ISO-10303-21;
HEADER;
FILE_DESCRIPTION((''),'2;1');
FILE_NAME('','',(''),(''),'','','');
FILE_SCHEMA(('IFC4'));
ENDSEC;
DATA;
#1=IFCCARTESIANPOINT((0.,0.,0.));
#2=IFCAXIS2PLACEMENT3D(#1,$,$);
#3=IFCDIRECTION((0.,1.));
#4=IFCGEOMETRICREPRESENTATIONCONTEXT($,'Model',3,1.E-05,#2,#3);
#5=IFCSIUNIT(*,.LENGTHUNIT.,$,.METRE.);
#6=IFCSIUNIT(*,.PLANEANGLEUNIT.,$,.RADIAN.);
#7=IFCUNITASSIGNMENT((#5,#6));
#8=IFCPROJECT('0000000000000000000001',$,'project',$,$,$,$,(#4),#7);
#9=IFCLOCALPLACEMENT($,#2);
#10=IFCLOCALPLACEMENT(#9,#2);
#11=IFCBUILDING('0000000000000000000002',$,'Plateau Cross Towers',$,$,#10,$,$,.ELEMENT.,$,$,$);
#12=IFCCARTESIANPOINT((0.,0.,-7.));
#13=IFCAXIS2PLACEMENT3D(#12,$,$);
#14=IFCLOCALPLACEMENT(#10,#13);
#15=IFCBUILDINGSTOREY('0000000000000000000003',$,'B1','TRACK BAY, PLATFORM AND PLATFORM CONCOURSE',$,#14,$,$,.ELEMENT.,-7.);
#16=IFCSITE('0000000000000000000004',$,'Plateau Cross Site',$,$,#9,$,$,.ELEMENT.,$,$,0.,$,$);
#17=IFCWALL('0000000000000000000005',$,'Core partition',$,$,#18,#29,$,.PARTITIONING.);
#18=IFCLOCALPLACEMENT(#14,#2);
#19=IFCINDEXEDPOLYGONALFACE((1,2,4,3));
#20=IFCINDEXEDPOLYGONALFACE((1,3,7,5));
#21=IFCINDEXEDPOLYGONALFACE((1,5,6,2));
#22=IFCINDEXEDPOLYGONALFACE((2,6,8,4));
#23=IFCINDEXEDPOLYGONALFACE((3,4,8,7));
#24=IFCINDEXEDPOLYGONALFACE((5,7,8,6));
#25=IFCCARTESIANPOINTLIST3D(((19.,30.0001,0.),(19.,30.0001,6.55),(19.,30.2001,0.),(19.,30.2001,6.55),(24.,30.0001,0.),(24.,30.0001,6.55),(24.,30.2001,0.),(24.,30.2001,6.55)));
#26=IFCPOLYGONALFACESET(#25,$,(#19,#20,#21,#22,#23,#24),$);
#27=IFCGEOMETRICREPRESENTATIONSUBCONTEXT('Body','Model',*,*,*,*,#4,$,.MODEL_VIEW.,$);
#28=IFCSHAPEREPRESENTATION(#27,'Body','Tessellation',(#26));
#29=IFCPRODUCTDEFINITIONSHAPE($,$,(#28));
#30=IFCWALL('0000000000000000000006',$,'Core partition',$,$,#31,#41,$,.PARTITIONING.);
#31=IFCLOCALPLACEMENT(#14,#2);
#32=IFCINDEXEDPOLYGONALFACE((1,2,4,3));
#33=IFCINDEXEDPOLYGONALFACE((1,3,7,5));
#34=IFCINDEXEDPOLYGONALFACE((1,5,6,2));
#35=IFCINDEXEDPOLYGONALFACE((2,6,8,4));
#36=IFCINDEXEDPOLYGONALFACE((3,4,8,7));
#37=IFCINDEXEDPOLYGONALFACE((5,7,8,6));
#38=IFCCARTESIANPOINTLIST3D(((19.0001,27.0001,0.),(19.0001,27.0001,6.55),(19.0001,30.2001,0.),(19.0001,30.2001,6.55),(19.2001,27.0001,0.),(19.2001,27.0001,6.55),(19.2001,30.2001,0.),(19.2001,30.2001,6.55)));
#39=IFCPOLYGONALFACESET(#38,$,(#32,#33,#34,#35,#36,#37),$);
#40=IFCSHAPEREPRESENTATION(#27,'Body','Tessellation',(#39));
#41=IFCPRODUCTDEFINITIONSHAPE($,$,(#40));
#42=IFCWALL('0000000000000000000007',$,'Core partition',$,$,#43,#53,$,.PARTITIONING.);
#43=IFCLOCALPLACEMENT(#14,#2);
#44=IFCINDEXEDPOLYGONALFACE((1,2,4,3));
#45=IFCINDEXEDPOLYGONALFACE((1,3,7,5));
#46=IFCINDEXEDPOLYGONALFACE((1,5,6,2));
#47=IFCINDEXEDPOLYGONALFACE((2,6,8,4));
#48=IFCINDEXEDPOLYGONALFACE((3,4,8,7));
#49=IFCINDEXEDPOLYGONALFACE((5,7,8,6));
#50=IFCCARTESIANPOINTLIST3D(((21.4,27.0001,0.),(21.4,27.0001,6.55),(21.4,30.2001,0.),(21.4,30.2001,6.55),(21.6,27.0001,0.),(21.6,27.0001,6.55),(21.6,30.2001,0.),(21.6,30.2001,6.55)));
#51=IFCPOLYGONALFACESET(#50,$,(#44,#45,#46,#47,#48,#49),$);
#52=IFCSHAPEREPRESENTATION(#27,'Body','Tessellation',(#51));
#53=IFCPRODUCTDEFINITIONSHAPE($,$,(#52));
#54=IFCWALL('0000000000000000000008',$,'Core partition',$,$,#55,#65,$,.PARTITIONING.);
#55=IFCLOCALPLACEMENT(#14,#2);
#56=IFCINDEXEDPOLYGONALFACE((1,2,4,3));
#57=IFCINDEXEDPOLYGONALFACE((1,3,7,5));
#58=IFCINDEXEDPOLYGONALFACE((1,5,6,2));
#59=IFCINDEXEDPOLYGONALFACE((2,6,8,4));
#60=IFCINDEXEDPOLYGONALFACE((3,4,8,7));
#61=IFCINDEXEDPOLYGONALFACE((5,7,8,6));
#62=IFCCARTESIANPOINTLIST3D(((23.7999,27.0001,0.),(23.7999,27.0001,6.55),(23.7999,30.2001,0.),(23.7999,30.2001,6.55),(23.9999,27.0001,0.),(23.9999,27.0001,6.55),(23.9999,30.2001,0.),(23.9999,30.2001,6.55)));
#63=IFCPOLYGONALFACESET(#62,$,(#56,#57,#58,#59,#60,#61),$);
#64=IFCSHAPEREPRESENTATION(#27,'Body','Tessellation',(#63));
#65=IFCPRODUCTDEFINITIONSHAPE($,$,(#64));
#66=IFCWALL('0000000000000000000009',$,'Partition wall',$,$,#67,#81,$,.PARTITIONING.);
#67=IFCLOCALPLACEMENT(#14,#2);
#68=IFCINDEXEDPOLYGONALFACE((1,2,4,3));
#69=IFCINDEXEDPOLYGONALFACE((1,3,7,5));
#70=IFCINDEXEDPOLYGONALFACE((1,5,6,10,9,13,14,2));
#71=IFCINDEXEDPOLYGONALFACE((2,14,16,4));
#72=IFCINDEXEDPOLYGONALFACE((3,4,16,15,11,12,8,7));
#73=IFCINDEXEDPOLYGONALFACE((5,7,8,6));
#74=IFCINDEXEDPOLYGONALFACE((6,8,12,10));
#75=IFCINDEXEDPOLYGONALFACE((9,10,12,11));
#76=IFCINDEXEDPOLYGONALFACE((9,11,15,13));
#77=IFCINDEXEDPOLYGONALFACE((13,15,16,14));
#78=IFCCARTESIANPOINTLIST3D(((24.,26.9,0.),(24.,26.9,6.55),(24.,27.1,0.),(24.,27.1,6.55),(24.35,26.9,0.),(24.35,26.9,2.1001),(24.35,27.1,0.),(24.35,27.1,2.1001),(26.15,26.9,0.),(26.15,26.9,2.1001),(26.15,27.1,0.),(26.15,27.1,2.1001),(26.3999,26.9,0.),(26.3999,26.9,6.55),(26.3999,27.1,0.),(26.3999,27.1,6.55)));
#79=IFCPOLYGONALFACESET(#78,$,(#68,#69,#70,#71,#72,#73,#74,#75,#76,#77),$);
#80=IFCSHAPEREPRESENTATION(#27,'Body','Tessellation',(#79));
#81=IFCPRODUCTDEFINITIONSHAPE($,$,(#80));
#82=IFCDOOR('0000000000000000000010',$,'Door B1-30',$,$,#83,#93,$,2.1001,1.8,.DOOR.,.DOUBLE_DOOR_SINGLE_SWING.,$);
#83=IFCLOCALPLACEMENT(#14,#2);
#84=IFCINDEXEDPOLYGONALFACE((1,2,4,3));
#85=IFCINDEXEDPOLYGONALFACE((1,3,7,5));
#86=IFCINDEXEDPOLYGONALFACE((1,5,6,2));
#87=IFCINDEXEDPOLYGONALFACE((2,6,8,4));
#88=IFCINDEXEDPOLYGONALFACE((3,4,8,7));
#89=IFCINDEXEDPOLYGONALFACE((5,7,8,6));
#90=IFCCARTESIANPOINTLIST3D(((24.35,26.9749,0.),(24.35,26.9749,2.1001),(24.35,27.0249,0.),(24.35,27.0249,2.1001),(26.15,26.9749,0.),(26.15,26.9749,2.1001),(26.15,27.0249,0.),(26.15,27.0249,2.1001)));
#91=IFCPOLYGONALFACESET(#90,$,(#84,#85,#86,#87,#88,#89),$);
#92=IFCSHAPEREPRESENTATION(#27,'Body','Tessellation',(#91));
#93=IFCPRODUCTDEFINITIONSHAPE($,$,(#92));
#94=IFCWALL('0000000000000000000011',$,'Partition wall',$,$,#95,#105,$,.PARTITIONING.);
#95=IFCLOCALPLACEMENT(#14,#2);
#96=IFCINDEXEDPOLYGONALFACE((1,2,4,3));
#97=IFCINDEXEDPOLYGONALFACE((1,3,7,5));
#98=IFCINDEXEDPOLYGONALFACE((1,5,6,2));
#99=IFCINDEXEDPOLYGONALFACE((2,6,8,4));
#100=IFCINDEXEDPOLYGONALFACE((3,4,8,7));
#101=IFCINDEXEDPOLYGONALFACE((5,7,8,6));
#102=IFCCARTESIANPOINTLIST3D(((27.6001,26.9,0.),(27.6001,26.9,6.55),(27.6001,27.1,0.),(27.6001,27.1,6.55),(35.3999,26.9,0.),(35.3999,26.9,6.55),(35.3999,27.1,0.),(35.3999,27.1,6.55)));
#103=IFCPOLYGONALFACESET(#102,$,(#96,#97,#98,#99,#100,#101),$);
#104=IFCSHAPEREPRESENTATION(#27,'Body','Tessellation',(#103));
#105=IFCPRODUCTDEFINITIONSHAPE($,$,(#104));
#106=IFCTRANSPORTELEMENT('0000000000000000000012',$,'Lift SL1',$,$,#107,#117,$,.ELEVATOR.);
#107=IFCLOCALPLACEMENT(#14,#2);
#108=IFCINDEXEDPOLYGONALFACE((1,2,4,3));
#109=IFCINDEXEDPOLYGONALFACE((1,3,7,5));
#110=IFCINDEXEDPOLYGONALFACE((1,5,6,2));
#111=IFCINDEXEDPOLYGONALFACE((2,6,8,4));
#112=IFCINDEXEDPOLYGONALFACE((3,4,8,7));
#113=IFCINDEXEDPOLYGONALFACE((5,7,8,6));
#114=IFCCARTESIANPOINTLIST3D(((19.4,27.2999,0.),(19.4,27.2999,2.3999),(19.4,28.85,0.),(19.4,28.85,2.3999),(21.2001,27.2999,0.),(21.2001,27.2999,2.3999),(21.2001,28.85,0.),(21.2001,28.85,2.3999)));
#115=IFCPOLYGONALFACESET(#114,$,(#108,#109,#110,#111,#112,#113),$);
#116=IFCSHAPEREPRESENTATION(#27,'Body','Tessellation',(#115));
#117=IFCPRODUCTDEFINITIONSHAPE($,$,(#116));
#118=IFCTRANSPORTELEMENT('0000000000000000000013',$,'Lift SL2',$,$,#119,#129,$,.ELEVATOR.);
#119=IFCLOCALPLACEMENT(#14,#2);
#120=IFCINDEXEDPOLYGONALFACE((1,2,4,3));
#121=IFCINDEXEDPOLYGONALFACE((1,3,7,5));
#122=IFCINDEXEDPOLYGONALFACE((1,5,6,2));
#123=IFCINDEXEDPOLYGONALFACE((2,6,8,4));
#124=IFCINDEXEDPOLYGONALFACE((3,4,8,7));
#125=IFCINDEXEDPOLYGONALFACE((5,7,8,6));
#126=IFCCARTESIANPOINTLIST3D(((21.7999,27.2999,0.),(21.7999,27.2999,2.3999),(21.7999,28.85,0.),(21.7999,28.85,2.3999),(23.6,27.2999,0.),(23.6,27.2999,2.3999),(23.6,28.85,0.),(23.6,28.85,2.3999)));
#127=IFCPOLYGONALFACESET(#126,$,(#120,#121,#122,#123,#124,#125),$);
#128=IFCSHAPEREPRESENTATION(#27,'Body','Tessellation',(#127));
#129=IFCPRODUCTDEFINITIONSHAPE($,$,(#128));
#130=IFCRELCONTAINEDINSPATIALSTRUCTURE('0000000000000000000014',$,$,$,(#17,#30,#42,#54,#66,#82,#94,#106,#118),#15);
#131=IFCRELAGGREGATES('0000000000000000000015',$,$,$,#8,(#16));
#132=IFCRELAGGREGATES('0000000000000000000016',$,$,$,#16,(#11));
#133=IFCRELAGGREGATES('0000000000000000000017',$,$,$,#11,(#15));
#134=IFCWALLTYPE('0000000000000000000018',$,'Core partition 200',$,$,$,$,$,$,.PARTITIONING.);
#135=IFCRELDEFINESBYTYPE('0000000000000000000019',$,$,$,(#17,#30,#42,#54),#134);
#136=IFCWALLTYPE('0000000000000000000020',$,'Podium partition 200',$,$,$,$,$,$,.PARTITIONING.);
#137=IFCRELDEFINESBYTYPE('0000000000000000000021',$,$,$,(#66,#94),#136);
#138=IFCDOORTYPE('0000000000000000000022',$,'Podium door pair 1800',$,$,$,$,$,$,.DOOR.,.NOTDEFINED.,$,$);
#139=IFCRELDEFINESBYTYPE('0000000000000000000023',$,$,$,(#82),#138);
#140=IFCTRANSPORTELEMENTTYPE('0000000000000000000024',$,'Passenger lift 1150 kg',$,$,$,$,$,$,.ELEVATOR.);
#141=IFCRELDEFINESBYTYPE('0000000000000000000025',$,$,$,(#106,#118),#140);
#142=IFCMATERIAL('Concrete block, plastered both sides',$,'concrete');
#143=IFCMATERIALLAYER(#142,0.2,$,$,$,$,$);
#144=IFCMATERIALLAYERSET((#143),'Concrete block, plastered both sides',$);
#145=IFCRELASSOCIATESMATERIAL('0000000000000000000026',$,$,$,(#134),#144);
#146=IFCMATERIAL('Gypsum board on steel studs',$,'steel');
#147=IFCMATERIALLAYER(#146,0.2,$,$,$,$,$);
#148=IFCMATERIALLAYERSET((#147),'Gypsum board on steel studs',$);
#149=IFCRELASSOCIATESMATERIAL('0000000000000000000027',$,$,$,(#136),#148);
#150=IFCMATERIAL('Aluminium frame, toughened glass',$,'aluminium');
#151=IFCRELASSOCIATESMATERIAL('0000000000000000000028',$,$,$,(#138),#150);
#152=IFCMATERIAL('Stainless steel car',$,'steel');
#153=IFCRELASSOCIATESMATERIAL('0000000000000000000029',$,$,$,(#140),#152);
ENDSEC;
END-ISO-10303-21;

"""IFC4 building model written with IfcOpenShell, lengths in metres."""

from ifc_helpers import new_model, si_unit, direction, frame, frame_2d, origin, origin_2d, place, context, subcontext, project, spatial, rectangle, extrude, material, layer, layer_set, type_object, element, fill, save


model = new_model("IFC4")

# Units and contexts
model_context = context("Model", 3, precision=1e-05, world=origin(), true_north=direction((0.0, 1.0)))
body_context = subcontext(model_context, "Body", "Model", "MODEL_VIEW")
ifc_project = project(units=[si_unit("LENGTHUNIT", "METRE"), si_unit("PLANEANGLEUNIT", "RADIAN")], contexts=[model_context])

# Site, building, storey
site_placement = place(None, origin())
site = spatial("IfcSite", under=ifc_project, at=site_placement, Name="Plateau Cross Site", CompositionType="ELEMENT", RefElevation=0.0)
building_placement = place(site_placement, origin())
building = spatial("IfcBuilding", under=site, at=building_placement, Name="Plateau Cross Towers", CompositionType="ELEMENT")
storey_placement = place(building_placement, frame((0.0, 0.0, -7.0)))
storey = spatial("IfcBuildingStorey", under=building, at=storey_placement, Name="B1", Description="TRACK BAY, PLATFORM AND PLATFORM CONCOURSE", CompositionType="ELEMENT", Elevation=-7.0)

# Shared definitions
ifc_material_1 = material(Name="Concrete block, plastered both sides", Category="concrete")
ifc_layer_1 = layer(ifc_material_1, 0.2)
ifc_layer_set_1 = layer_set([ifc_layer_1], Name="Concrete block, plastered both sides")
wall_type_1 = type_object("IfcWallType", Name="Core partition 200", PredefinedType="PARTITIONING", material=ifc_layer_set_1)

# Walls
wall_1_placement = place(storey_placement, frame((19.0, 30.1001, 0.0), z_axis=(0.0, 0.0, 1.0), x_axis=(1.0, 0.0, 0.0)))
element("IfcWall", 1, at=wall_1_placement, inside=storey, type_object=wall_type_1, Name="Core partition", PredefinedType="PARTITIONING", context=body_context, shape_type="SweptSolid", body=[
    extrude(rectangle(XDim=5.0, YDim=0.2, at=frame_2d((2.5, 0.0))), origin(), (0.0, 0.0, 1.0), 6.55),
])
for number, where, z_axis, x_axis, name in (
    (2, (19.1001, 27.0, 0.0), (0.0, 0.0, 1.0), (0.0, 1.0, 0.0), "Core partition"),
    (3, (21.5, 27.0, 0.0), (0.0, 0.0, 1.0), (0.0, 1.0, 0.0), "Core partition"),
    (4, (23.8999, 27.0, 0.0), (0.0, 0.0, 1.0), (0.0, 1.0, 0.0), "Core partition"),
):
    element("IfcWall", number, at=place(storey_placement, frame(where, z_axis=z_axis, x_axis=x_axis)), inside=storey, type_object=wall_type_1, Name=name, PredefinedType="PARTITIONING", context=body_context, shape_type="SweptSolid", body=[
        extrude(rectangle(XDim=3.2, YDim=0.2, at=frame_2d((1.6001, 0.0))), origin(), (0.0, 0.0, 1.0), 6.55),
    ])

# Wall, opening, door
ifc_material_2 = material(Name="Gypsum board on steel studs", Category="steel")
ifc_layer_2 = layer(ifc_material_2, 0.2)
ifc_layer_set_2 = layer_set([ifc_layer_2], Name="Gypsum board on steel studs")
wall_type_2 = type_object("IfcWallType", Name="Podium partition 200", PredefinedType="PARTITIONING", material=ifc_layer_set_2)
wall_2_placement = place(storey_placement, frame((24.0, 27.0, 0.0), z_axis=(0.0, 0.0, 1.0), x_axis=(1.0, 0.0, 0.0)))
wall_2 = element("IfcWall", 5, at=wall_2_placement, inside=storey, type_object=wall_type_2, Name="Partition wall", PredefinedType="PARTITIONING", context=body_context, shape_type="SweptSolid", body=[
    extrude(rectangle(XDim=2.3999, YDim=0.2, at=frame_2d((1.2, 0.0))), origin(), (0.0, 0.0, 1.0), 6.55),
])
opening_1_placement = place(wall_2_placement, frame((0.3501, 0.0, 0.0)))
opening_1 = element("IfcOpeningElement", 6, at=opening_1_placement, cuts=wall_2, PredefinedType="OPENING", context=body_context, shape_type="SweptSolid", body=[
    extrude(rectangle(XDim=1.8, YDim=2.1001, at=frame_2d((0.8999, 1.05))), frame((0.0, 0.1099, 0.0), z_axis=(0.0, -1.0, 0.0), x_axis=(1.0, 0.0, 0.0)), (0.0, 0.0, 1.0), 0.22),
])
ifc_material_3 = material(Name="Aluminium frame, toughened glass", Category="aluminium")
door_type_1 = type_object("IfcDoorType", Name="Podium door pair 1800", OperationType="NOTDEFINED", PredefinedType="DOOR", material=ifc_material_3)
door_1_placement = place(opening_1_placement, origin())
door_1 = element("IfcDoor", 7, at=door_1_placement, inside=storey, type_object=door_type_1, Name="Door B1-30", OperationType="DOUBLE_DOOR_SINGLE_SWING", OverallHeight=2.1001, OverallWidth=1.8, PredefinedType="DOOR", context=body_context, shape_type="SweptSolid", body=[
    extrude(rectangle(XDim=1.8, YDim=2.1001, at=frame_2d((0.8999, 1.05))), frame((0.0, 0.0249, 0.0), z_axis=(0.0, -1.0, 0.0), x_axis=(1.0, 0.0, 0.0)), (0.0, 0.0, 1.0), 0.05),
])
fill(opening_1, door_1)

# Wall
wall_3_placement = place(storey_placement, frame((27.6001, 27.0, 0.0), z_axis=(0.0, 0.0, 1.0), x_axis=(1.0, 0.0, 0.0)))
element("IfcWall", 8, at=wall_3_placement, inside=storey, type_object=wall_type_2, Name="Partition wall", PredefinedType="PARTITIONING", context=body_context, shape_type="SweptSolid", body=[
    extrude(rectangle(XDim=7.7998, YDim=0.2, at=frame_2d((3.8999, 0.0))), origin(), (0.0, 0.0, 1.0), 6.55),
])

# Transport elements
ifc_material_4 = material(Name="Stainless steel car", Category="steel")
transport_element_type = type_object("IfcTransportElementType", Name="Passenger lift 1150 kg", PredefinedType="ELEVATOR", material=ifc_material_4)
for number, where, z_axis, x_axis, name in (
    (9, (20.3, 28.075, 0.0), (0.0, 0.0, 1.0), (1.0, 0.0, 0.0), "Lift SL1"),
    (10, (22.7, 28.075, 0.0), (0.0, 0.0, 1.0), (1.0, 0.0, 0.0), "Lift SL2"),
):
    element("IfcTransportElement", number, at=place(storey_placement, frame(where, z_axis=z_axis, x_axis=x_axis)), inside=storey, type_object=transport_element_type, Name=name, PredefinedType="ELEVATOR", context=body_context, shape_type="SweptSolid", body=[
        extrude(rectangle(XDim=1.8, YDim=1.55, at=origin_2d()), origin(), (0.0, 0.0, 1.0), 2.3999),
    ])

save(model, "model.ifc")
